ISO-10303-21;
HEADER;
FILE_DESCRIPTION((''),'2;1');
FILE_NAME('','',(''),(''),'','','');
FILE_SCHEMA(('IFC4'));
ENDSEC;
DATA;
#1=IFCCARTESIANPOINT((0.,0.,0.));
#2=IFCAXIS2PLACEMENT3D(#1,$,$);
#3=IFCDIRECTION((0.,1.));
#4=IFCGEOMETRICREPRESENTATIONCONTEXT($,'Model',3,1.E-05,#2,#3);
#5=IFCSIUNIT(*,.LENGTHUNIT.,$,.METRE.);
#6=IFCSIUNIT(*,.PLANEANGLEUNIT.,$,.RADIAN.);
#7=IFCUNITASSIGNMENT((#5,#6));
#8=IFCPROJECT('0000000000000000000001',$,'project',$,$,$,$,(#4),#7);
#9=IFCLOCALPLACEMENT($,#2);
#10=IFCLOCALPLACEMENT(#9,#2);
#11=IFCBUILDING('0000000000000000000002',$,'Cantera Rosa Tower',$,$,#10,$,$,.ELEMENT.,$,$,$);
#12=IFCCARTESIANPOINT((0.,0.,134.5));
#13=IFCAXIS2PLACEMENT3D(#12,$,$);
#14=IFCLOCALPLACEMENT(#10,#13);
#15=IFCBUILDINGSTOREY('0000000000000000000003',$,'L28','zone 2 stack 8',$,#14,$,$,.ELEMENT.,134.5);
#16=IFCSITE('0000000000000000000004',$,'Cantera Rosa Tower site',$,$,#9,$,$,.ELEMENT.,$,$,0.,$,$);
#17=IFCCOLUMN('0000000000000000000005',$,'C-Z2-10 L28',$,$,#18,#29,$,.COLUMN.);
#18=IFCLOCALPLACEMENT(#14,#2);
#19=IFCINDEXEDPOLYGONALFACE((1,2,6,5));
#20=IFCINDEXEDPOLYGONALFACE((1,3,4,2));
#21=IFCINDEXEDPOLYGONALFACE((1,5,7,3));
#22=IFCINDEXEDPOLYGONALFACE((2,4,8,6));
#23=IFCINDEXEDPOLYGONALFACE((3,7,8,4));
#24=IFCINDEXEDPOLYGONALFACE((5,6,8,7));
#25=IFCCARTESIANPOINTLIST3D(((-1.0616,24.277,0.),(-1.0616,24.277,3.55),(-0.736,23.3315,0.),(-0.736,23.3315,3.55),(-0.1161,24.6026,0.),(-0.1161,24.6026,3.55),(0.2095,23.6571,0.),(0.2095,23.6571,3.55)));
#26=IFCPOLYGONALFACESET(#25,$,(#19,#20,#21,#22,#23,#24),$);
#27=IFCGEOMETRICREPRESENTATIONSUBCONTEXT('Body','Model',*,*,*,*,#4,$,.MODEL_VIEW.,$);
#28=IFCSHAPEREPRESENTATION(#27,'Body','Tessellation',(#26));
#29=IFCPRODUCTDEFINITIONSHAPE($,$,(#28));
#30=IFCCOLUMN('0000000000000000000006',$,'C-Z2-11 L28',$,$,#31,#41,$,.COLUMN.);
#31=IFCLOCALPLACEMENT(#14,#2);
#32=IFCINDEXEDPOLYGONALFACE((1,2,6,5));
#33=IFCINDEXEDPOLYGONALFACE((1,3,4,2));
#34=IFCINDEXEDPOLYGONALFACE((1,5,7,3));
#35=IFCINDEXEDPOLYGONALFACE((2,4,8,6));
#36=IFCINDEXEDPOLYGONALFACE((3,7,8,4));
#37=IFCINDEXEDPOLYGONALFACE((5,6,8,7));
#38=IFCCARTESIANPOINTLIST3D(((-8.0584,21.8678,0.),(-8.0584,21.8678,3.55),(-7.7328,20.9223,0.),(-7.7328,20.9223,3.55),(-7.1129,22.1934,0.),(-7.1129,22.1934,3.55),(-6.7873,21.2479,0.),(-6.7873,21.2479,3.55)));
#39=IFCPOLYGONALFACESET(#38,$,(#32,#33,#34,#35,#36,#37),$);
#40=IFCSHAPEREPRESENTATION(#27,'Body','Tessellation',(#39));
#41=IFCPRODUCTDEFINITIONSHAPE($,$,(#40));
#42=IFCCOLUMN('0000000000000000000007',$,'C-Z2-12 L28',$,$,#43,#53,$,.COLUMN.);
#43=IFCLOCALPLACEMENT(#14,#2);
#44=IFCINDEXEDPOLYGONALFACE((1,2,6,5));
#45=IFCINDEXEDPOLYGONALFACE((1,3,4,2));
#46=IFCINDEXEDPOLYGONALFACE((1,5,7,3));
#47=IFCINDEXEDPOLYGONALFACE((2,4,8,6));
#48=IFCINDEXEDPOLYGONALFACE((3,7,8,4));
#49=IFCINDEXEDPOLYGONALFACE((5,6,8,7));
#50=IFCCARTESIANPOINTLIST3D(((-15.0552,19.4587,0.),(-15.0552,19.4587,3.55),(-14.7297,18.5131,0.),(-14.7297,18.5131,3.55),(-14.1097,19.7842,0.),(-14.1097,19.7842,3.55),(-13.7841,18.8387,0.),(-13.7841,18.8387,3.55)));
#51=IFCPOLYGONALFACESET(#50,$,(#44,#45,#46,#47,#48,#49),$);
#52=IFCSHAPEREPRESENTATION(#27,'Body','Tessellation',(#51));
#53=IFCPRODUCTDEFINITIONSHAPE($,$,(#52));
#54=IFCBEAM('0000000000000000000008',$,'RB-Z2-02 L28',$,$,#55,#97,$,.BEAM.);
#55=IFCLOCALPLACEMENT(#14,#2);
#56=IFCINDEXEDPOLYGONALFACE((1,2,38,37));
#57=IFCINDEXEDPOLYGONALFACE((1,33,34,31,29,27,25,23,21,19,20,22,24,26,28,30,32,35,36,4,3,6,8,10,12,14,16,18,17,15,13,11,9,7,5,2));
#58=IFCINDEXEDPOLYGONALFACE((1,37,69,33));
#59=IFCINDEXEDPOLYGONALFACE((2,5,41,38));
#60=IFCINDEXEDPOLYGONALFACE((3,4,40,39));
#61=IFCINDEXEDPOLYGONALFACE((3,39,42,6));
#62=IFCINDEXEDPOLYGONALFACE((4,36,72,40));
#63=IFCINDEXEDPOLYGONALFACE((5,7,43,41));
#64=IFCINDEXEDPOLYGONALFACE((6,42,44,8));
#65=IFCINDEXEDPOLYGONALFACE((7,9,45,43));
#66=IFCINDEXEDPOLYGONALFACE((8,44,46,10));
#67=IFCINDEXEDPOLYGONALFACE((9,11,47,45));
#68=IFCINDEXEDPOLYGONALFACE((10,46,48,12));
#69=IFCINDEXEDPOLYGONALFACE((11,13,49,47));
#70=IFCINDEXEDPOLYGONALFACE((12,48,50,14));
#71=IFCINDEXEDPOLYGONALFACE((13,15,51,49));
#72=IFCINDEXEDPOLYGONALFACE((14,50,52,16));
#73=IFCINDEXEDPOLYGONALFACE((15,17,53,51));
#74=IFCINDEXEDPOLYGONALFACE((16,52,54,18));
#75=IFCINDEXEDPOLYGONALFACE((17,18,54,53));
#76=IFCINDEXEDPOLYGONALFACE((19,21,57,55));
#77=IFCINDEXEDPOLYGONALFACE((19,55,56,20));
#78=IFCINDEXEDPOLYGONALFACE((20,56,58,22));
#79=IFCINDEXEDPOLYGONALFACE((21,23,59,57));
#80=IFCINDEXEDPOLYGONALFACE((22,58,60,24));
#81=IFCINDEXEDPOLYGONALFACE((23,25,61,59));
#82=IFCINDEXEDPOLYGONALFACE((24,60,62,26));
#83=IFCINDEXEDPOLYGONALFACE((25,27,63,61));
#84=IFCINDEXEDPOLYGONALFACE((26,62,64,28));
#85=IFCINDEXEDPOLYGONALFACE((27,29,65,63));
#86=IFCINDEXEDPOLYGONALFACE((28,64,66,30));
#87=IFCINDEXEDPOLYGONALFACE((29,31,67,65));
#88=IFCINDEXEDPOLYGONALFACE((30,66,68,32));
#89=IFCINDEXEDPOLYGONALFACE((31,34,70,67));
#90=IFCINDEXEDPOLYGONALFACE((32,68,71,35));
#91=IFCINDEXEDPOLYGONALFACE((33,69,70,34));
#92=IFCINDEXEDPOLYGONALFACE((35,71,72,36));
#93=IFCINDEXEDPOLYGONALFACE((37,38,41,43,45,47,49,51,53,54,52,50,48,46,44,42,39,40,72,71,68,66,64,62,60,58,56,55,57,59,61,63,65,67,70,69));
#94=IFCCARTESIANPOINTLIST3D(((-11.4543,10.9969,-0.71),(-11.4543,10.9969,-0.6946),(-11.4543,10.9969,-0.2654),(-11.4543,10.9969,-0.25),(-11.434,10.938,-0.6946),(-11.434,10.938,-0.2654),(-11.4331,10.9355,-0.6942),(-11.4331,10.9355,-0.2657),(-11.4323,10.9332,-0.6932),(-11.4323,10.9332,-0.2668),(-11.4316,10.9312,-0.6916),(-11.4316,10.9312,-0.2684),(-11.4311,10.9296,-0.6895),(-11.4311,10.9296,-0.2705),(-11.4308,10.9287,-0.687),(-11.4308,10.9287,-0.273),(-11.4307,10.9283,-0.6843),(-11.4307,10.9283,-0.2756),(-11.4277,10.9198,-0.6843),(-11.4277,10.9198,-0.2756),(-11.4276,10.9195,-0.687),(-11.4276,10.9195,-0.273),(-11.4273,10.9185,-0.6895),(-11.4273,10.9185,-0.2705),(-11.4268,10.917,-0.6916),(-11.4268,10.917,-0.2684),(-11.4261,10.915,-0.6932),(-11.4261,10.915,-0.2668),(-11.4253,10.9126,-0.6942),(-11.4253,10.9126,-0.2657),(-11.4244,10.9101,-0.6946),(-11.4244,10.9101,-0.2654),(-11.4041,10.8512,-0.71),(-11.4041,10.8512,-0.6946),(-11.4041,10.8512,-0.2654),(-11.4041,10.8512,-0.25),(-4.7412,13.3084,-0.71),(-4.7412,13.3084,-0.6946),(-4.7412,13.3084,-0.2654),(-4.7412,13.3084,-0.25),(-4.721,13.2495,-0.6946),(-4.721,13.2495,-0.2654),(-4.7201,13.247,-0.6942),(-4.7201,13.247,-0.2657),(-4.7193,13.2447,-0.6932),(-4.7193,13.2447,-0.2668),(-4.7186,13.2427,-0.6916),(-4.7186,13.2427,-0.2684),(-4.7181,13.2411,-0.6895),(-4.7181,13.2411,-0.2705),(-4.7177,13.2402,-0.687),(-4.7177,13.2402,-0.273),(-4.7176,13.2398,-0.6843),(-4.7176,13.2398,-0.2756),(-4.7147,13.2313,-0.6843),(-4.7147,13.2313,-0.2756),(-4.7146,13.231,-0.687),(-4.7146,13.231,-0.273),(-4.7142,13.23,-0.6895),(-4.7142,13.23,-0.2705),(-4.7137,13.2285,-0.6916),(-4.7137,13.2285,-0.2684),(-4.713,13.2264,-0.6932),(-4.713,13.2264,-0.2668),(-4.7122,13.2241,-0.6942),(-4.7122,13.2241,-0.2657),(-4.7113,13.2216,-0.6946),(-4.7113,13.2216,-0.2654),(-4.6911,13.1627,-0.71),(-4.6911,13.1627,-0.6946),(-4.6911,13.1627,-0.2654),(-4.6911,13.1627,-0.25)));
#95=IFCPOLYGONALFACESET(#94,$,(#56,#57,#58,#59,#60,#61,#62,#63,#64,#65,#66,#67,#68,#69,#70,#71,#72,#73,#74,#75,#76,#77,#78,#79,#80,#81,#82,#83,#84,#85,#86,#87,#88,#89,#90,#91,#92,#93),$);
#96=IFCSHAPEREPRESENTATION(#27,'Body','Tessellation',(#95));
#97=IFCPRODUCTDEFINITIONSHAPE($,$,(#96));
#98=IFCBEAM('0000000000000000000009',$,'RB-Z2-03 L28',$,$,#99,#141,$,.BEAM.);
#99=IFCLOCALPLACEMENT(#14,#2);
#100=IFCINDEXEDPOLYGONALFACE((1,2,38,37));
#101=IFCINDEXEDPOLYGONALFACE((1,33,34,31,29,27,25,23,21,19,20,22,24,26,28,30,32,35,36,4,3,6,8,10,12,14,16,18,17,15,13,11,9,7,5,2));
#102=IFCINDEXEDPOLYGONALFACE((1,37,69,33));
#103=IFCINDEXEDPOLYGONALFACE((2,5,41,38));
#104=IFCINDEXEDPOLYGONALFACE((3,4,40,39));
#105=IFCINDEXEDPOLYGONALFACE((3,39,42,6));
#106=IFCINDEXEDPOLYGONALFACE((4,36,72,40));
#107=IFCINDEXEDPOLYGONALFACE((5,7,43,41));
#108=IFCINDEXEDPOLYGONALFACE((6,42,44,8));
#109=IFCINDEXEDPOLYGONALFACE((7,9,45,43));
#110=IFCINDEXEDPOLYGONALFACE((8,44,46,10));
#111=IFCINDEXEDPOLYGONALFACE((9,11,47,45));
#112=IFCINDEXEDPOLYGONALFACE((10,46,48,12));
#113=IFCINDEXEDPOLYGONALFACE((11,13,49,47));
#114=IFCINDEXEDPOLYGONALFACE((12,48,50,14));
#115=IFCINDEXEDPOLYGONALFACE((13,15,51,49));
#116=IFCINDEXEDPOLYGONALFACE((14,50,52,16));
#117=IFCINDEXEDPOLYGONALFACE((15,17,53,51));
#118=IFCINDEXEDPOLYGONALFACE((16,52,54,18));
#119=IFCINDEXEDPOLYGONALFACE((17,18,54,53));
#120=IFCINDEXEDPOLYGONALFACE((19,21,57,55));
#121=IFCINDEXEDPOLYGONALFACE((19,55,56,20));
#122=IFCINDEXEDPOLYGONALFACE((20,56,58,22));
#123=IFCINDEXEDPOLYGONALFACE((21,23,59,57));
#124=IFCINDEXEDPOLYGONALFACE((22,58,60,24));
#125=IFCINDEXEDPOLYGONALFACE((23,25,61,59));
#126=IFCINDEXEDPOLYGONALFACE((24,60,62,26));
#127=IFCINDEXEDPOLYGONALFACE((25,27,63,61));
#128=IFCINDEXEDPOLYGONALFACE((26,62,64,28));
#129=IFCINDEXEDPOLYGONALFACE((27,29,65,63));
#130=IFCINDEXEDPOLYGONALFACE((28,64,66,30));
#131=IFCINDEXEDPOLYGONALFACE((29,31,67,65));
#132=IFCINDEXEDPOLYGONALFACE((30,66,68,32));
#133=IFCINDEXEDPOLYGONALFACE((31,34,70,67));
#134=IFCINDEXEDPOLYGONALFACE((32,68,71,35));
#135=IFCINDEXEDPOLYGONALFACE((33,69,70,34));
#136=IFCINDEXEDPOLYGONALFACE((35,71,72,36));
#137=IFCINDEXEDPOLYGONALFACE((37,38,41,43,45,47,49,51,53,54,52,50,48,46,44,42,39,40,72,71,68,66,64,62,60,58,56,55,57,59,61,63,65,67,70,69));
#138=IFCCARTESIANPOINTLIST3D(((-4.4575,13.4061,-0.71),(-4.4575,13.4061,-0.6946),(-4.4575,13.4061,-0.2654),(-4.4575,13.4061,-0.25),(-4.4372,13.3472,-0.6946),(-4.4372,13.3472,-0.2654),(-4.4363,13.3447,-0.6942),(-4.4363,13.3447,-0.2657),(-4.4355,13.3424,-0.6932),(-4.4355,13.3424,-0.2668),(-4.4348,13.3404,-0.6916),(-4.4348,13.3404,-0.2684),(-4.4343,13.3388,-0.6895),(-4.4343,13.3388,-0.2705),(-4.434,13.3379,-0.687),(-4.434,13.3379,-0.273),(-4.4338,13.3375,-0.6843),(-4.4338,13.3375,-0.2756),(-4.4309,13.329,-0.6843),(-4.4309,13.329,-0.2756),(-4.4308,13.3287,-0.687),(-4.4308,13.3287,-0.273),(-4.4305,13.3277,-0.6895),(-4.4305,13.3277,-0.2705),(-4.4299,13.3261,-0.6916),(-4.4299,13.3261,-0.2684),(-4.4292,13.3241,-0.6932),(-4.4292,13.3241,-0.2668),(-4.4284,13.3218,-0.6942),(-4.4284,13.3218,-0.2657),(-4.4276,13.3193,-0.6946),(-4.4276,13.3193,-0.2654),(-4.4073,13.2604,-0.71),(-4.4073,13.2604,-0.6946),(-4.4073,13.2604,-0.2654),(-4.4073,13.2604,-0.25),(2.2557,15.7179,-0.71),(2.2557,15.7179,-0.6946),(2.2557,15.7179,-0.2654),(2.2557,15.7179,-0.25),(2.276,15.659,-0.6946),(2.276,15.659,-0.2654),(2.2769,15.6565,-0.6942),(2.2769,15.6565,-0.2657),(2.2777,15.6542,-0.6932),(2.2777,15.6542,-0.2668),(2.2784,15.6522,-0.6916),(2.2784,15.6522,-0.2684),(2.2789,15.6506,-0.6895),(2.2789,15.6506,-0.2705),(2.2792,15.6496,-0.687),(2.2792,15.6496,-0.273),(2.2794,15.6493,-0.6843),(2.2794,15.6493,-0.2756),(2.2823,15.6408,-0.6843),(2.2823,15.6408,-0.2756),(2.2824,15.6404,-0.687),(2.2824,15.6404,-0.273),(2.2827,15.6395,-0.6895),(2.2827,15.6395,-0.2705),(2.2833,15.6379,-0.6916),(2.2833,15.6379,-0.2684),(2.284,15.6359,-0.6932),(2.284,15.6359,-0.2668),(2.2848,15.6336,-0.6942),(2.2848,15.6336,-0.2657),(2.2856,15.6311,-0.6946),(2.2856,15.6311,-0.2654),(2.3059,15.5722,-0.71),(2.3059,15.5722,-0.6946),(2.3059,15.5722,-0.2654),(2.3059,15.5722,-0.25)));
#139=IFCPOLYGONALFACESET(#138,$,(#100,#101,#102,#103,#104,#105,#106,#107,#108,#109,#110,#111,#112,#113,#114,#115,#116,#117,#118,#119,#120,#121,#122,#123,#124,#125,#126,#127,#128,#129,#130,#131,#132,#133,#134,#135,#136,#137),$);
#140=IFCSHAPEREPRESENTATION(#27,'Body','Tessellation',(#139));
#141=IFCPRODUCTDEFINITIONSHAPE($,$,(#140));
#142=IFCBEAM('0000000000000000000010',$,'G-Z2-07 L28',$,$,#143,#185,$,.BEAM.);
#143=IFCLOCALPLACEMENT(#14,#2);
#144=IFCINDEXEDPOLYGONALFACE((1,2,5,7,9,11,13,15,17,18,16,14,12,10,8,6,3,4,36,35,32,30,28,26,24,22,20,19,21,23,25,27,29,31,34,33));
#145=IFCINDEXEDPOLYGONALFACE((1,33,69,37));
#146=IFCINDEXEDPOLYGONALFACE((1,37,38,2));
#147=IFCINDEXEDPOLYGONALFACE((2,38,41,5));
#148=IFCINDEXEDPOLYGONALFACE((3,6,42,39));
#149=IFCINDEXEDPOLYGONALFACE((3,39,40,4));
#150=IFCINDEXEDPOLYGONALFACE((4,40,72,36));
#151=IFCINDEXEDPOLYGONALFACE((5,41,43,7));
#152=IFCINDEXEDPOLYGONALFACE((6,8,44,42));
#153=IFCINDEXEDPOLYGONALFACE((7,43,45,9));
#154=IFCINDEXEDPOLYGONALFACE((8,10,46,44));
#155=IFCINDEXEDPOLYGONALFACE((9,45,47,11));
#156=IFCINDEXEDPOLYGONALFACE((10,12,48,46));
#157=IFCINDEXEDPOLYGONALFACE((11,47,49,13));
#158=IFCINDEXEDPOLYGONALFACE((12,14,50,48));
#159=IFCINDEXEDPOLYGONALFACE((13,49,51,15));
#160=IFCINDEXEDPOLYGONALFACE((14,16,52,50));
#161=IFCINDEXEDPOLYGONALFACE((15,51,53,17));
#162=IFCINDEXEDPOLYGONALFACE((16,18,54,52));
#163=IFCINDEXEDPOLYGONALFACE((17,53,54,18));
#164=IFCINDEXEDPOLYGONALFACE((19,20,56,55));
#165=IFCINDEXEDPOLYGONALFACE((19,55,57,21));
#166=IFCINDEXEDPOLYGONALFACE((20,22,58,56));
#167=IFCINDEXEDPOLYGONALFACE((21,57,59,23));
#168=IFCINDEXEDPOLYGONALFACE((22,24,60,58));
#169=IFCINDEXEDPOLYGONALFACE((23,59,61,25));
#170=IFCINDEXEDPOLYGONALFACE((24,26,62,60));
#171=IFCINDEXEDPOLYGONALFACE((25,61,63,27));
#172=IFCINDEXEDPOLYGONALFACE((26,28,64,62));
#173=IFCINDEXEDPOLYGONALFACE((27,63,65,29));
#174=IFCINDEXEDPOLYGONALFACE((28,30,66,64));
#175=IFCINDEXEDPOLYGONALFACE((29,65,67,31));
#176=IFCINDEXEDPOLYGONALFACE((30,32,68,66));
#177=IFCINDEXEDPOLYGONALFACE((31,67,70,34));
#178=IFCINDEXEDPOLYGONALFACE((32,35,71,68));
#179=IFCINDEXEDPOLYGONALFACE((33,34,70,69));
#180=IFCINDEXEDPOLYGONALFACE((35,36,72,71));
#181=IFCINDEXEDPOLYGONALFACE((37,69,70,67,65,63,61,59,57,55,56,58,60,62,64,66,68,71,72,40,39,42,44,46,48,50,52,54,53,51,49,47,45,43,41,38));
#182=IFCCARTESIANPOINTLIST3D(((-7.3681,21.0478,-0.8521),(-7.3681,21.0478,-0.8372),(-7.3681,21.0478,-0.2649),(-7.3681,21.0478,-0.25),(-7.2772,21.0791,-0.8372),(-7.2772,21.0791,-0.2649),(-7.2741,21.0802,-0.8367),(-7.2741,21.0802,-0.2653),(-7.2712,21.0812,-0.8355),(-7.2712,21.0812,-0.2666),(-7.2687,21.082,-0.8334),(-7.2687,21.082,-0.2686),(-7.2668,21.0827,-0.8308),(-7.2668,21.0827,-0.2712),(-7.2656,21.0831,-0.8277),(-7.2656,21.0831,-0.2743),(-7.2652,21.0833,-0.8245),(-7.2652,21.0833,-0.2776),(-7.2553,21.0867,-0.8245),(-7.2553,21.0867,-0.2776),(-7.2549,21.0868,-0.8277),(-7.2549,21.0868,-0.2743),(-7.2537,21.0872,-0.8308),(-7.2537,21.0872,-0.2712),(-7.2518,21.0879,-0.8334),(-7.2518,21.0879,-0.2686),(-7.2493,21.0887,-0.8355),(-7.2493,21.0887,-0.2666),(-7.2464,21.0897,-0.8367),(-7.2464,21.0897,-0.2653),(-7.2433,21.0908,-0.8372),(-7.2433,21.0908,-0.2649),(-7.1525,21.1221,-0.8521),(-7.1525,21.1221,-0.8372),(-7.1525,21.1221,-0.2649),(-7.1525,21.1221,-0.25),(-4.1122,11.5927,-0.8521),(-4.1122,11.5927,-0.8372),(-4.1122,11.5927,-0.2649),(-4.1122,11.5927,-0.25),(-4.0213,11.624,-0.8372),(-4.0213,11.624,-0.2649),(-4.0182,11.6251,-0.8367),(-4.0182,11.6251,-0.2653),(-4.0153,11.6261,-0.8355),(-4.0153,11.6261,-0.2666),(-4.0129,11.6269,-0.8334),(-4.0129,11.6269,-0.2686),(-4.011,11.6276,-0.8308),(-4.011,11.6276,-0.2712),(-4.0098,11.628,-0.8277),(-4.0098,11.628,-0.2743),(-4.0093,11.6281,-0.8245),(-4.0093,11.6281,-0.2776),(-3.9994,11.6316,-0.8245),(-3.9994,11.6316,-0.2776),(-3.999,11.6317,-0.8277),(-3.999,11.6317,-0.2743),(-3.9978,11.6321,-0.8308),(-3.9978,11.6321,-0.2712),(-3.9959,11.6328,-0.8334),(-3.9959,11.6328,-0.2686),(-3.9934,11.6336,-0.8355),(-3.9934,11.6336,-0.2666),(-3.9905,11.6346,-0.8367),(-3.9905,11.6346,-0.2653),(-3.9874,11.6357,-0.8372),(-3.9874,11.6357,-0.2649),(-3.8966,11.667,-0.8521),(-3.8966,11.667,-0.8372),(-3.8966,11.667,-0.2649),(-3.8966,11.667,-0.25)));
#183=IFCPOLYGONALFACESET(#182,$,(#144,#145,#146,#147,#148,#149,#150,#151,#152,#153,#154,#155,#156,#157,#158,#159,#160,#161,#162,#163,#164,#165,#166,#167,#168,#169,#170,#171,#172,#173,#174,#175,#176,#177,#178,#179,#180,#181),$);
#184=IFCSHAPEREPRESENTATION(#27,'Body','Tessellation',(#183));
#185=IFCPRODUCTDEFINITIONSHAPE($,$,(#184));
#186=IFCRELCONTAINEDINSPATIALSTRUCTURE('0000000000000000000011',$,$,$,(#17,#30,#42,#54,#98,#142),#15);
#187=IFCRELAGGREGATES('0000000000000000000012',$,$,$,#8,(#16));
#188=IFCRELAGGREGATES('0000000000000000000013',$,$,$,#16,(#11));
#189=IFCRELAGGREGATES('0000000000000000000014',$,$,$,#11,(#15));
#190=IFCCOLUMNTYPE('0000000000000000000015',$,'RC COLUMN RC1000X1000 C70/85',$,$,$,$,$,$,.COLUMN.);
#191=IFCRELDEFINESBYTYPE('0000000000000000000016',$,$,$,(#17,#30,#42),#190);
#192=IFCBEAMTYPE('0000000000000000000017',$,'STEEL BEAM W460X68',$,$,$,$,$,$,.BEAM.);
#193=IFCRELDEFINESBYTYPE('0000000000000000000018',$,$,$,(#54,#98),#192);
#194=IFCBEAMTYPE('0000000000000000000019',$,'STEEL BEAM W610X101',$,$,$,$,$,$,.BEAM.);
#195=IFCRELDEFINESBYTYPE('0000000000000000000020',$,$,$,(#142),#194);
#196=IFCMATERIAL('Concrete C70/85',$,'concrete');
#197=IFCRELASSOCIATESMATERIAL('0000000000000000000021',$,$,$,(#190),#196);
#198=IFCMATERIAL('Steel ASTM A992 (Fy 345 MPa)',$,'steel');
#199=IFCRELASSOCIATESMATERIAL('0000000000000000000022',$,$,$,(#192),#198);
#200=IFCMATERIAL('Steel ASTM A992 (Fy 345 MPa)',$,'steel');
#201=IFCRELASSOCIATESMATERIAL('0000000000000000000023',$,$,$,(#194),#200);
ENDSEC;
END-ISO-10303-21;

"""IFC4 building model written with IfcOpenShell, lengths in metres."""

from ifc_helpers import new_model, si_unit, direction, frame, origin, origin_2d, place, context, subcontext, project, spatial, rectangle, i_section, extrude, material, material_profile, profile_set, type_object, element, save


model = new_model("IFC4")

# Units and contexts
model_context = context("Model", 3, precision=1e-05, world=origin(), true_north=direction((0.0, 1.0)))
body_context = subcontext(model_context, "Body", "Model", "MODEL_VIEW")
ifc_project = project(units=[si_unit("LENGTHUNIT", "METRE"), si_unit("PLANEANGLEUNIT", "RADIAN")], contexts=[model_context])

# Site, building, storey
site_placement = place(None, origin())
site = spatial("IfcSite", under=ifc_project, at=site_placement, Name="Cantera Rosa Tower site", CompositionType="ELEMENT", RefElevation=0.0)
building_placement = place(site_placement, origin())
building = spatial("IfcBuilding", under=site, at=building_placement, Name="Cantera Rosa Tower", CompositionType="ELEMENT")
storey_placement = place(building_placement, frame((0.0, 0.0, 134.5)))
storey = spatial("IfcBuildingStorey", under=building, at=storey_placement, Name="L28", Description="zone 2 stack 8", CompositionType="ELEMENT", Elevation=134.5)

# Columns
ifc_material_1 = material(Name="Concrete C70/85", Category="concrete")
ifc_material_profile_1 = material_profile(ifc_material_1, rectangle(XDim=1.0, YDim=1.0, at=origin_2d()), Name="RC COLUMN RC1000X1000 C70/85")
ifc_profile_set_1 = profile_set([ifc_material_profile_1], Name="Concrete C70/85")
column_type = type_object("IfcColumnType", Name="RC COLUMN RC1000X1000 C70/85", PredefinedType="COLUMN", material=ifc_profile_set_1)
for number, where, z_axis, x_axis, name in (
    (1, (-0.426, 23.967, 0.0), (0.0, 0.0, 1.0), (0.945519, 0.325568, 0.0), "C-Z2-10 L28"),
    (2, (-7.4229, 21.5579, 0.0), (0.0, 0.0, 1.0), (0.945519, 0.325568, 0.0), "C-Z2-11 L28"),
    (3, (-14.4197, 19.1487, 0.0), (0.0, 0.0, 1.0), (0.945519, 0.325568, 0.0), "C-Z2-12 L28"),
):
    element("IfcColumn", number, at=place(storey_placement, frame(where, z_axis=z_axis, x_axis=x_axis)), inside=storey, type_object=column_type, Name=name, PredefinedType="COLUMN", context=body_context, shape_type="SweptSolid", body=[
        extrude(rectangle(XDim=1.0, YDim=1.0, at=origin_2d()), origin(), (0.0, 0.0, 1.0), 3.55),
    ])

# Beams
ifc_material_2 = material(Name="Steel ASTM A992 (Fy 345 MPa)", Category="steel")
ifc_material_profile_2 = material_profile(ifc_material_2, i_section(OverallWidth=0.1541, OverallDepth=0.46, WebThickness=0.009, FlangeThickness=0.0154, FilletRadius=0.0103, at=origin_2d()), Name="W460X68")
ifc_profile_set_2 = profile_set([ifc_material_profile_2], Name="Steel ASTM A992 (Fy 345 MPa)")
beam_type_1 = type_object("IfcBeamType", Name="STEEL BEAM W460X68", PredefinedType="BEAM", material=ifc_profile_set_2)
beam_1_placement = place(storey_placement, frame((-11.4292, 10.9241, -0.48), z_axis=(0.945518, 0.325569, 0.0), x_axis=(-0.325569, 0.945518, 0.0)))
element("IfcBeam", 4, at=beam_1_placement, inside=storey, type_object=beam_type_1, Name="RB-Z2-02 L28", PredefinedType="BEAM", context=body_context, shape_type="SweptSolid", body=[
    extrude(i_section(OverallWidth=0.1541, OverallDepth=0.46, WebThickness=0.009, FlangeThickness=0.0154, FilletRadius=0.0103, at=origin_2d()), origin(), (0.0, 0.0, 1.0), 7.0999),
])
beam_2_placement = place(storey_placement, frame((-4.4324, 13.3333, -0.48), z_axis=(0.945508, 0.3256, 0.0), x_axis=(-0.3256, 0.945508, 0.0)))
element("IfcBeam", 5, at=beam_2_placement, inside=storey, type_object=beam_type_1, Name="RB-Z2-03 L28", PredefinedType="BEAM", context=body_context, shape_type="SweptSolid", body=[
    extrude(i_section(OverallWidth=0.1541, OverallDepth=0.46, WebThickness=0.009, FlangeThickness=0.0154, FilletRadius=0.0103, at=origin_2d()), origin(), (0.0, 0.0, 1.0), 7.1001),
])
ifc_material_3 = material(Name="Steel ASTM A992 (Fy 345 MPa)", Category="steel")
ifc_material_profile_3 = material_profile(ifc_material_3, i_section(OverallWidth=0.228, OverallDepth=0.6021, WebThickness=0.0105, FlangeThickness=0.0149, FilletRadius=0.0127, at=origin_2d()), Name="W610X101")
ifc_profile_set_3 = profile_set([ifc_material_profile_3], Name="Steel ASTM A992 (Fy 345 MPa)")
beam_type_2 = type_object("IfcBeamType", Name="STEEL BEAM W610X101", PredefinedType="BEAM", material=ifc_profile_set_3)
beam_3_placement = place(storey_placement, frame((-7.2603, 21.085, -0.551), z_axis=(0.325587, -0.945512, 0.0), x_axis=(0.945512, 0.325587, 0.0)))
element("IfcBeam", 6, at=beam_3_placement, inside=storey, type_object=beam_type_2, Name="G-Z2-07 L28", PredefinedType="BEAM", context=body_context, shape_type="SweptSolid", body=[
    extrude(i_section(OverallWidth=0.228, OverallDepth=0.6021, WebThickness=0.0105, FlangeThickness=0.0149, FilletRadius=0.0127, at=origin_2d()), origin(), (0.0, 0.0, 1.0), 10.0),
])

save(model, "model.ifc")
